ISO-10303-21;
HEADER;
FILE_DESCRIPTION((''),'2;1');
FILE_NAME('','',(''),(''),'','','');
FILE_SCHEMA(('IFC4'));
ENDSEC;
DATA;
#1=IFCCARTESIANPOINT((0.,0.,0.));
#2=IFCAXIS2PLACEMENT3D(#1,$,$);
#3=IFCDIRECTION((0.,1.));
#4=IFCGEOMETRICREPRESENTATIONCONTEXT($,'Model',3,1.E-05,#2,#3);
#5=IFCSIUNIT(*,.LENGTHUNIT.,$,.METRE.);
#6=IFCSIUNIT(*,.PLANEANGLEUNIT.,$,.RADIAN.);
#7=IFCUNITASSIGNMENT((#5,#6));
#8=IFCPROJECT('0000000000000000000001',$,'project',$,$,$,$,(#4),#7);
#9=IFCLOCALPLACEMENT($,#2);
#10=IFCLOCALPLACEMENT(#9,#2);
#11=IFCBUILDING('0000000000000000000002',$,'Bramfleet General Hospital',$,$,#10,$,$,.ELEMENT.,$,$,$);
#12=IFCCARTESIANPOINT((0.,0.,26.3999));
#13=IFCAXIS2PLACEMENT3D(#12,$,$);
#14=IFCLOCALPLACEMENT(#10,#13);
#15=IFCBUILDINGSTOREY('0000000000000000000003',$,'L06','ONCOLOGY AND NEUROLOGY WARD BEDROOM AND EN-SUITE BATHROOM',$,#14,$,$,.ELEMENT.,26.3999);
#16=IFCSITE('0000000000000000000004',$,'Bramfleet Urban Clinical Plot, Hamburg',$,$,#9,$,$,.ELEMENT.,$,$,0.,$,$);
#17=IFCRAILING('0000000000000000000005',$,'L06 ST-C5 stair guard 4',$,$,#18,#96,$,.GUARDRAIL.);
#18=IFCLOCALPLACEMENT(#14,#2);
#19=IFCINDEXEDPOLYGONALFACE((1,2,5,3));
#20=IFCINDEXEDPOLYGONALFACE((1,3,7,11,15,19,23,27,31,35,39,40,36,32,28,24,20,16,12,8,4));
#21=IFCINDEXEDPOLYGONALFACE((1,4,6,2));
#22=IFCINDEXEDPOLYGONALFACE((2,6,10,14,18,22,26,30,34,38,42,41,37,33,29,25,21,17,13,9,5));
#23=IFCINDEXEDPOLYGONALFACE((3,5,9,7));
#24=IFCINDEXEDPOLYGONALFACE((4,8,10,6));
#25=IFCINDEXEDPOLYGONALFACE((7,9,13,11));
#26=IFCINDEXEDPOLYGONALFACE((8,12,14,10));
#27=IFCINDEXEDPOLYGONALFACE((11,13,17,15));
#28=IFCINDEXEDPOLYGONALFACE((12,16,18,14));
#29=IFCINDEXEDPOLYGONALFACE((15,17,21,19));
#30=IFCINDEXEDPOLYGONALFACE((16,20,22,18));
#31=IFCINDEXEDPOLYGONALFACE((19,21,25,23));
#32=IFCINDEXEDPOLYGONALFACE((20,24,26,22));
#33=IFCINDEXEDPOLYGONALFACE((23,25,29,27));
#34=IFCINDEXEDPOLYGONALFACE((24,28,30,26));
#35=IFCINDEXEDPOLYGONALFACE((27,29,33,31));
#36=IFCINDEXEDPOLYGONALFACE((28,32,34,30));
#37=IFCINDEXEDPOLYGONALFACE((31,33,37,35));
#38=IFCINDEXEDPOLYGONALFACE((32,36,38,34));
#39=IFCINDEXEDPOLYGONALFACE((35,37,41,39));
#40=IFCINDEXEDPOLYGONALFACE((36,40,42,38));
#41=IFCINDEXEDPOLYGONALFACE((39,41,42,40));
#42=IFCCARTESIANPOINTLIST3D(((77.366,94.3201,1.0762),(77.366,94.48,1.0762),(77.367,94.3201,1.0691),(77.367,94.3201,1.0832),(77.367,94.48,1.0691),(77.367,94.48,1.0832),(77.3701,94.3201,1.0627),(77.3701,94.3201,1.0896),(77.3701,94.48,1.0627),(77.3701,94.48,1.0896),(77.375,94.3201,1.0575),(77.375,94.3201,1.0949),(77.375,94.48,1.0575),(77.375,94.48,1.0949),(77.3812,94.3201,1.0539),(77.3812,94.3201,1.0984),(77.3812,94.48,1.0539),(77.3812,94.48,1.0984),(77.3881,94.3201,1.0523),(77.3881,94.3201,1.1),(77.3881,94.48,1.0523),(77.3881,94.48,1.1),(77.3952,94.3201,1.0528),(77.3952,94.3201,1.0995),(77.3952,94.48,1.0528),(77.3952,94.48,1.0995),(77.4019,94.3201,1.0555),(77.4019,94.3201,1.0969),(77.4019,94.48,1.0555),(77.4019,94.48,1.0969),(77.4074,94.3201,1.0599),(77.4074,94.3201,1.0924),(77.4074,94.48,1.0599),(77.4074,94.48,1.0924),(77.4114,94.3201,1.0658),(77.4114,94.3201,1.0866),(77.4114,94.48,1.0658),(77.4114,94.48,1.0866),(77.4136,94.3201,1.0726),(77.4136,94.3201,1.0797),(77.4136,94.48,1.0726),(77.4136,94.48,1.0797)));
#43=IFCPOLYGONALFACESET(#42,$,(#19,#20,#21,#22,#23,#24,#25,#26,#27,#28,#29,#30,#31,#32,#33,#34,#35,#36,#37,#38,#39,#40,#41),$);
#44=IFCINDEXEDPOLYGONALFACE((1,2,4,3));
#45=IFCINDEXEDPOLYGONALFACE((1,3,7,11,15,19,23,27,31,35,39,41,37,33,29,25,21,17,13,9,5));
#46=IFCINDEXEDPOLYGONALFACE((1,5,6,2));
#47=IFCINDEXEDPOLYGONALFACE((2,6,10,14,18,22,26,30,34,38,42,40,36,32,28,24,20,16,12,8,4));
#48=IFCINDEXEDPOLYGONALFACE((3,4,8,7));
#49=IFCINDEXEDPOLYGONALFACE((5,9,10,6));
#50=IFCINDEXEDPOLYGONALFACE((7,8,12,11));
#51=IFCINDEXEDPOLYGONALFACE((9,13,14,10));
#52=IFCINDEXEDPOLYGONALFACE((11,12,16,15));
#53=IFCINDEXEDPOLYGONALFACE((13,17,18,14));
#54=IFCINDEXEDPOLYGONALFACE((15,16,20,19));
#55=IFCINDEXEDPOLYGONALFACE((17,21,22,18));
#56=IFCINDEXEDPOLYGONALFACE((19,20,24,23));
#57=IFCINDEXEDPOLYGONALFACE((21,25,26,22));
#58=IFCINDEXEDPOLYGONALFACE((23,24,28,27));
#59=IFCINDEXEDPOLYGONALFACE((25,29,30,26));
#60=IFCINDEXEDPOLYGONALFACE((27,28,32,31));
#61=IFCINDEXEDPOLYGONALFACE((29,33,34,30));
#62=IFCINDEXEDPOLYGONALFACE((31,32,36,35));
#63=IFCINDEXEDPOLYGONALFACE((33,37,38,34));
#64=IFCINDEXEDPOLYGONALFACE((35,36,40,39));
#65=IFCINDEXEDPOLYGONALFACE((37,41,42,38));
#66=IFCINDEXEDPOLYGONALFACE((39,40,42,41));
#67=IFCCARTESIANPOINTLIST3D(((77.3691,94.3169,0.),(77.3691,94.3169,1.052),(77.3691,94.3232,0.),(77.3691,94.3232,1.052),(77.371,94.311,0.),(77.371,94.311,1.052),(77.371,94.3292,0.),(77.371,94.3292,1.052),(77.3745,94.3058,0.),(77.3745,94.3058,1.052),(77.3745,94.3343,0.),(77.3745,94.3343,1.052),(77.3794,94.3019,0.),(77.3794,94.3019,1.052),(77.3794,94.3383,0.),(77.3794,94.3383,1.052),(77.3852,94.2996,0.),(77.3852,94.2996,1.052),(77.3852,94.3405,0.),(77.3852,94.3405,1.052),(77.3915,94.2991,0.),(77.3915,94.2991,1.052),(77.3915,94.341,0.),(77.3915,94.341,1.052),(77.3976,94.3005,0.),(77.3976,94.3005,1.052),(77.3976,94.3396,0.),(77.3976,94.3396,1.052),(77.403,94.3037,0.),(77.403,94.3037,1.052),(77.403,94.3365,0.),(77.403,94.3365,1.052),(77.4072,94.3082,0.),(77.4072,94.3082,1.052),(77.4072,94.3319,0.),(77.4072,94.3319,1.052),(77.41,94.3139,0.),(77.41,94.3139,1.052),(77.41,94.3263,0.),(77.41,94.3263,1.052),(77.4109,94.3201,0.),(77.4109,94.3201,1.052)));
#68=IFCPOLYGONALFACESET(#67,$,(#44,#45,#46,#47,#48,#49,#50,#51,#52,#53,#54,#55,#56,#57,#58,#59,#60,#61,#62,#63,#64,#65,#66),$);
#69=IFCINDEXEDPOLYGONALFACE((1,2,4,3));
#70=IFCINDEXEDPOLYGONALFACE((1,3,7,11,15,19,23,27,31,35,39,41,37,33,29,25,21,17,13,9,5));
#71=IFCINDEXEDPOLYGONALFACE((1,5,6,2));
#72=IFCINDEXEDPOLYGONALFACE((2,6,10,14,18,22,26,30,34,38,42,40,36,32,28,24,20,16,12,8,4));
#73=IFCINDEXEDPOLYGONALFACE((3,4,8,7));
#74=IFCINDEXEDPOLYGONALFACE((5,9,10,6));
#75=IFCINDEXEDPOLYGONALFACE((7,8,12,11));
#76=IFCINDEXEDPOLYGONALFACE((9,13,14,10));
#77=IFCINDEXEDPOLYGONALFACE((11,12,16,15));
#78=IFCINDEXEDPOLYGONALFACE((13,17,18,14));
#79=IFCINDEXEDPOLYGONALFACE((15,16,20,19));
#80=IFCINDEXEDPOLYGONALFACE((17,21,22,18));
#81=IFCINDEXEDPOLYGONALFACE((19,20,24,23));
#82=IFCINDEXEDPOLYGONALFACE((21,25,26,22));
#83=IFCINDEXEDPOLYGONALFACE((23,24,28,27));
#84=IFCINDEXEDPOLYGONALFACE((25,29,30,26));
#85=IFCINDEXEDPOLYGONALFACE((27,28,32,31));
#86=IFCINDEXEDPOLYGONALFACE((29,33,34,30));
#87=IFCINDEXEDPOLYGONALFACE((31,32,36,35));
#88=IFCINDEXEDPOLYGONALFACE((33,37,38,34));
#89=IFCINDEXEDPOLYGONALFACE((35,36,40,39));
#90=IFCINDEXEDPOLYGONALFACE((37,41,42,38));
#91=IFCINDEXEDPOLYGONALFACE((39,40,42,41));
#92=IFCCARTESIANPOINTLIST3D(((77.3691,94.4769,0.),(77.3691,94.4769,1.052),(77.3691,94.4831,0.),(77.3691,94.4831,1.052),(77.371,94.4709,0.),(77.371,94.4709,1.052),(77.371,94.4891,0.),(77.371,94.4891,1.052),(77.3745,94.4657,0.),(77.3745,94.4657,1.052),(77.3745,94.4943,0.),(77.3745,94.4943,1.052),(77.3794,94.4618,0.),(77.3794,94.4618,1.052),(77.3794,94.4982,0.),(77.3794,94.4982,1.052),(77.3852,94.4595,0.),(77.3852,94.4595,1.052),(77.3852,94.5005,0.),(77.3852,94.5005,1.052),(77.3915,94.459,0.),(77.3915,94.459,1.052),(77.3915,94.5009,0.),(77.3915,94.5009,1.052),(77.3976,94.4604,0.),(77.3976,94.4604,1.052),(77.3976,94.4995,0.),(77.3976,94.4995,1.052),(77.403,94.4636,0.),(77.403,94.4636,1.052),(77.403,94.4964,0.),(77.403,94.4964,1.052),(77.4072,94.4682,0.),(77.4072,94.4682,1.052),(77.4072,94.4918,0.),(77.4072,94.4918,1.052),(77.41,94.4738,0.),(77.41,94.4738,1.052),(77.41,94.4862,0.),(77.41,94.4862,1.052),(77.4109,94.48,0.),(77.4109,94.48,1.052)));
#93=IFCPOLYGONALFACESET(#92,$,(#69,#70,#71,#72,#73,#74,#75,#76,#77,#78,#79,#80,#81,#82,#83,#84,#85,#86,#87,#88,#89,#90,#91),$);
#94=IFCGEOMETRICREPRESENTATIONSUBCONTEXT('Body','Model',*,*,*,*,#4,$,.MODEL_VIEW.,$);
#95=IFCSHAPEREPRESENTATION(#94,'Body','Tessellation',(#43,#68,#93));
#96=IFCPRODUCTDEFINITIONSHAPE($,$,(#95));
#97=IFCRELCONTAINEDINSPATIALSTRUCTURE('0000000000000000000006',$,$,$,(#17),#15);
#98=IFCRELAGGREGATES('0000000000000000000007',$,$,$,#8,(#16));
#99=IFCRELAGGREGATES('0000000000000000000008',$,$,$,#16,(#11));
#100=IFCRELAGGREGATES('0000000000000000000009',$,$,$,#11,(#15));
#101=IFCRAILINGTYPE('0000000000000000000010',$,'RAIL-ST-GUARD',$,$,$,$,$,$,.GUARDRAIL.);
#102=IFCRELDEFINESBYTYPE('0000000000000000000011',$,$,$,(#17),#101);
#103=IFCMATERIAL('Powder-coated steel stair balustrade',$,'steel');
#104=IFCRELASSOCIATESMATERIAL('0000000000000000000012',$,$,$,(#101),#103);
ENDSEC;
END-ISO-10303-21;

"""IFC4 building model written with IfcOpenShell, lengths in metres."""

from ifc_helpers import new_model, si_unit, direction, frame, origin, origin_2d, place, context, subcontext, project, spatial, circle, extrude, material, type_object, element, save


model = new_model("IFC4")

# Units and contexts
model_context = context("Model", 3, precision=1e-05, world=origin(), true_north=direction((0.0, 1.0)))
body_context = subcontext(model_context, "Body", "Model", "MODEL_VIEW")
ifc_project = project(units=[si_unit("LENGTHUNIT", "METRE"), si_unit("PLANEANGLEUNIT", "RADIAN")], contexts=[model_context])

# Site, building, storey
site_placement = place(None, origin())
site = spatial("IfcSite", under=ifc_project, at=site_placement, Name="Bramfleet Urban Clinical Plot, Hamburg", CompositionType="ELEMENT", RefElevation=0.0)
building_placement = place(site_placement, origin())
building = spatial("IfcBuilding", under=site, at=building_placement, Name="Bramfleet General Hospital", CompositionType="ELEMENT")
storey_placement = place(building_placement, frame((0.0, 0.0, 26.3999)))
storey = spatial("IfcBuildingStorey", under=building, at=storey_placement, Name="L06", Description="ONCOLOGY AND NEUROLOGY WARD BEDROOM AND EN-SUITE BATHROOM", CompositionType="ELEMENT", Elevation=26.3999)

# Railing
ifc_material_1 = material(Name="Powder-coated steel stair balustrade", Category="steel")
railing_type_1 = type_object("IfcRailingType", Name="RAIL-ST-GUARD", PredefinedType="GUARDRAIL", material=ifc_material_1)
railing_1_placement = place(storey_placement, frame((77.3899, 94.3201, 0.0)))
element("IfcRailing", 1, at=railing_1_placement, inside=storey, type_object=railing_type_1, Name="L06 ST-C5 stair guard 4", PredefinedType="GUARDRAIL", context=body_context, shape_type="SweptSolid", body=[
    extrude(circle(Radius=0.0239, at=origin_2d()), frame((0.0, 0.0, 1.0762), z_axis=(0.0, 1.0, 0.0), x_axis=(-1.0, 0.0, 0.0)), (0.0, 0.0, 1.0), 0.1599),
    extrude(circle(Radius=0.021, at=origin_2d()), origin(), (0.0, 0.0, 1.0), 1.052),
    extrude(circle(Radius=0.021, at=origin_2d()), frame((0.0, 0.1599, 0.0)), (0.0, 0.0, 1.0), 1.052),
])

save(model, "model.ifc")
